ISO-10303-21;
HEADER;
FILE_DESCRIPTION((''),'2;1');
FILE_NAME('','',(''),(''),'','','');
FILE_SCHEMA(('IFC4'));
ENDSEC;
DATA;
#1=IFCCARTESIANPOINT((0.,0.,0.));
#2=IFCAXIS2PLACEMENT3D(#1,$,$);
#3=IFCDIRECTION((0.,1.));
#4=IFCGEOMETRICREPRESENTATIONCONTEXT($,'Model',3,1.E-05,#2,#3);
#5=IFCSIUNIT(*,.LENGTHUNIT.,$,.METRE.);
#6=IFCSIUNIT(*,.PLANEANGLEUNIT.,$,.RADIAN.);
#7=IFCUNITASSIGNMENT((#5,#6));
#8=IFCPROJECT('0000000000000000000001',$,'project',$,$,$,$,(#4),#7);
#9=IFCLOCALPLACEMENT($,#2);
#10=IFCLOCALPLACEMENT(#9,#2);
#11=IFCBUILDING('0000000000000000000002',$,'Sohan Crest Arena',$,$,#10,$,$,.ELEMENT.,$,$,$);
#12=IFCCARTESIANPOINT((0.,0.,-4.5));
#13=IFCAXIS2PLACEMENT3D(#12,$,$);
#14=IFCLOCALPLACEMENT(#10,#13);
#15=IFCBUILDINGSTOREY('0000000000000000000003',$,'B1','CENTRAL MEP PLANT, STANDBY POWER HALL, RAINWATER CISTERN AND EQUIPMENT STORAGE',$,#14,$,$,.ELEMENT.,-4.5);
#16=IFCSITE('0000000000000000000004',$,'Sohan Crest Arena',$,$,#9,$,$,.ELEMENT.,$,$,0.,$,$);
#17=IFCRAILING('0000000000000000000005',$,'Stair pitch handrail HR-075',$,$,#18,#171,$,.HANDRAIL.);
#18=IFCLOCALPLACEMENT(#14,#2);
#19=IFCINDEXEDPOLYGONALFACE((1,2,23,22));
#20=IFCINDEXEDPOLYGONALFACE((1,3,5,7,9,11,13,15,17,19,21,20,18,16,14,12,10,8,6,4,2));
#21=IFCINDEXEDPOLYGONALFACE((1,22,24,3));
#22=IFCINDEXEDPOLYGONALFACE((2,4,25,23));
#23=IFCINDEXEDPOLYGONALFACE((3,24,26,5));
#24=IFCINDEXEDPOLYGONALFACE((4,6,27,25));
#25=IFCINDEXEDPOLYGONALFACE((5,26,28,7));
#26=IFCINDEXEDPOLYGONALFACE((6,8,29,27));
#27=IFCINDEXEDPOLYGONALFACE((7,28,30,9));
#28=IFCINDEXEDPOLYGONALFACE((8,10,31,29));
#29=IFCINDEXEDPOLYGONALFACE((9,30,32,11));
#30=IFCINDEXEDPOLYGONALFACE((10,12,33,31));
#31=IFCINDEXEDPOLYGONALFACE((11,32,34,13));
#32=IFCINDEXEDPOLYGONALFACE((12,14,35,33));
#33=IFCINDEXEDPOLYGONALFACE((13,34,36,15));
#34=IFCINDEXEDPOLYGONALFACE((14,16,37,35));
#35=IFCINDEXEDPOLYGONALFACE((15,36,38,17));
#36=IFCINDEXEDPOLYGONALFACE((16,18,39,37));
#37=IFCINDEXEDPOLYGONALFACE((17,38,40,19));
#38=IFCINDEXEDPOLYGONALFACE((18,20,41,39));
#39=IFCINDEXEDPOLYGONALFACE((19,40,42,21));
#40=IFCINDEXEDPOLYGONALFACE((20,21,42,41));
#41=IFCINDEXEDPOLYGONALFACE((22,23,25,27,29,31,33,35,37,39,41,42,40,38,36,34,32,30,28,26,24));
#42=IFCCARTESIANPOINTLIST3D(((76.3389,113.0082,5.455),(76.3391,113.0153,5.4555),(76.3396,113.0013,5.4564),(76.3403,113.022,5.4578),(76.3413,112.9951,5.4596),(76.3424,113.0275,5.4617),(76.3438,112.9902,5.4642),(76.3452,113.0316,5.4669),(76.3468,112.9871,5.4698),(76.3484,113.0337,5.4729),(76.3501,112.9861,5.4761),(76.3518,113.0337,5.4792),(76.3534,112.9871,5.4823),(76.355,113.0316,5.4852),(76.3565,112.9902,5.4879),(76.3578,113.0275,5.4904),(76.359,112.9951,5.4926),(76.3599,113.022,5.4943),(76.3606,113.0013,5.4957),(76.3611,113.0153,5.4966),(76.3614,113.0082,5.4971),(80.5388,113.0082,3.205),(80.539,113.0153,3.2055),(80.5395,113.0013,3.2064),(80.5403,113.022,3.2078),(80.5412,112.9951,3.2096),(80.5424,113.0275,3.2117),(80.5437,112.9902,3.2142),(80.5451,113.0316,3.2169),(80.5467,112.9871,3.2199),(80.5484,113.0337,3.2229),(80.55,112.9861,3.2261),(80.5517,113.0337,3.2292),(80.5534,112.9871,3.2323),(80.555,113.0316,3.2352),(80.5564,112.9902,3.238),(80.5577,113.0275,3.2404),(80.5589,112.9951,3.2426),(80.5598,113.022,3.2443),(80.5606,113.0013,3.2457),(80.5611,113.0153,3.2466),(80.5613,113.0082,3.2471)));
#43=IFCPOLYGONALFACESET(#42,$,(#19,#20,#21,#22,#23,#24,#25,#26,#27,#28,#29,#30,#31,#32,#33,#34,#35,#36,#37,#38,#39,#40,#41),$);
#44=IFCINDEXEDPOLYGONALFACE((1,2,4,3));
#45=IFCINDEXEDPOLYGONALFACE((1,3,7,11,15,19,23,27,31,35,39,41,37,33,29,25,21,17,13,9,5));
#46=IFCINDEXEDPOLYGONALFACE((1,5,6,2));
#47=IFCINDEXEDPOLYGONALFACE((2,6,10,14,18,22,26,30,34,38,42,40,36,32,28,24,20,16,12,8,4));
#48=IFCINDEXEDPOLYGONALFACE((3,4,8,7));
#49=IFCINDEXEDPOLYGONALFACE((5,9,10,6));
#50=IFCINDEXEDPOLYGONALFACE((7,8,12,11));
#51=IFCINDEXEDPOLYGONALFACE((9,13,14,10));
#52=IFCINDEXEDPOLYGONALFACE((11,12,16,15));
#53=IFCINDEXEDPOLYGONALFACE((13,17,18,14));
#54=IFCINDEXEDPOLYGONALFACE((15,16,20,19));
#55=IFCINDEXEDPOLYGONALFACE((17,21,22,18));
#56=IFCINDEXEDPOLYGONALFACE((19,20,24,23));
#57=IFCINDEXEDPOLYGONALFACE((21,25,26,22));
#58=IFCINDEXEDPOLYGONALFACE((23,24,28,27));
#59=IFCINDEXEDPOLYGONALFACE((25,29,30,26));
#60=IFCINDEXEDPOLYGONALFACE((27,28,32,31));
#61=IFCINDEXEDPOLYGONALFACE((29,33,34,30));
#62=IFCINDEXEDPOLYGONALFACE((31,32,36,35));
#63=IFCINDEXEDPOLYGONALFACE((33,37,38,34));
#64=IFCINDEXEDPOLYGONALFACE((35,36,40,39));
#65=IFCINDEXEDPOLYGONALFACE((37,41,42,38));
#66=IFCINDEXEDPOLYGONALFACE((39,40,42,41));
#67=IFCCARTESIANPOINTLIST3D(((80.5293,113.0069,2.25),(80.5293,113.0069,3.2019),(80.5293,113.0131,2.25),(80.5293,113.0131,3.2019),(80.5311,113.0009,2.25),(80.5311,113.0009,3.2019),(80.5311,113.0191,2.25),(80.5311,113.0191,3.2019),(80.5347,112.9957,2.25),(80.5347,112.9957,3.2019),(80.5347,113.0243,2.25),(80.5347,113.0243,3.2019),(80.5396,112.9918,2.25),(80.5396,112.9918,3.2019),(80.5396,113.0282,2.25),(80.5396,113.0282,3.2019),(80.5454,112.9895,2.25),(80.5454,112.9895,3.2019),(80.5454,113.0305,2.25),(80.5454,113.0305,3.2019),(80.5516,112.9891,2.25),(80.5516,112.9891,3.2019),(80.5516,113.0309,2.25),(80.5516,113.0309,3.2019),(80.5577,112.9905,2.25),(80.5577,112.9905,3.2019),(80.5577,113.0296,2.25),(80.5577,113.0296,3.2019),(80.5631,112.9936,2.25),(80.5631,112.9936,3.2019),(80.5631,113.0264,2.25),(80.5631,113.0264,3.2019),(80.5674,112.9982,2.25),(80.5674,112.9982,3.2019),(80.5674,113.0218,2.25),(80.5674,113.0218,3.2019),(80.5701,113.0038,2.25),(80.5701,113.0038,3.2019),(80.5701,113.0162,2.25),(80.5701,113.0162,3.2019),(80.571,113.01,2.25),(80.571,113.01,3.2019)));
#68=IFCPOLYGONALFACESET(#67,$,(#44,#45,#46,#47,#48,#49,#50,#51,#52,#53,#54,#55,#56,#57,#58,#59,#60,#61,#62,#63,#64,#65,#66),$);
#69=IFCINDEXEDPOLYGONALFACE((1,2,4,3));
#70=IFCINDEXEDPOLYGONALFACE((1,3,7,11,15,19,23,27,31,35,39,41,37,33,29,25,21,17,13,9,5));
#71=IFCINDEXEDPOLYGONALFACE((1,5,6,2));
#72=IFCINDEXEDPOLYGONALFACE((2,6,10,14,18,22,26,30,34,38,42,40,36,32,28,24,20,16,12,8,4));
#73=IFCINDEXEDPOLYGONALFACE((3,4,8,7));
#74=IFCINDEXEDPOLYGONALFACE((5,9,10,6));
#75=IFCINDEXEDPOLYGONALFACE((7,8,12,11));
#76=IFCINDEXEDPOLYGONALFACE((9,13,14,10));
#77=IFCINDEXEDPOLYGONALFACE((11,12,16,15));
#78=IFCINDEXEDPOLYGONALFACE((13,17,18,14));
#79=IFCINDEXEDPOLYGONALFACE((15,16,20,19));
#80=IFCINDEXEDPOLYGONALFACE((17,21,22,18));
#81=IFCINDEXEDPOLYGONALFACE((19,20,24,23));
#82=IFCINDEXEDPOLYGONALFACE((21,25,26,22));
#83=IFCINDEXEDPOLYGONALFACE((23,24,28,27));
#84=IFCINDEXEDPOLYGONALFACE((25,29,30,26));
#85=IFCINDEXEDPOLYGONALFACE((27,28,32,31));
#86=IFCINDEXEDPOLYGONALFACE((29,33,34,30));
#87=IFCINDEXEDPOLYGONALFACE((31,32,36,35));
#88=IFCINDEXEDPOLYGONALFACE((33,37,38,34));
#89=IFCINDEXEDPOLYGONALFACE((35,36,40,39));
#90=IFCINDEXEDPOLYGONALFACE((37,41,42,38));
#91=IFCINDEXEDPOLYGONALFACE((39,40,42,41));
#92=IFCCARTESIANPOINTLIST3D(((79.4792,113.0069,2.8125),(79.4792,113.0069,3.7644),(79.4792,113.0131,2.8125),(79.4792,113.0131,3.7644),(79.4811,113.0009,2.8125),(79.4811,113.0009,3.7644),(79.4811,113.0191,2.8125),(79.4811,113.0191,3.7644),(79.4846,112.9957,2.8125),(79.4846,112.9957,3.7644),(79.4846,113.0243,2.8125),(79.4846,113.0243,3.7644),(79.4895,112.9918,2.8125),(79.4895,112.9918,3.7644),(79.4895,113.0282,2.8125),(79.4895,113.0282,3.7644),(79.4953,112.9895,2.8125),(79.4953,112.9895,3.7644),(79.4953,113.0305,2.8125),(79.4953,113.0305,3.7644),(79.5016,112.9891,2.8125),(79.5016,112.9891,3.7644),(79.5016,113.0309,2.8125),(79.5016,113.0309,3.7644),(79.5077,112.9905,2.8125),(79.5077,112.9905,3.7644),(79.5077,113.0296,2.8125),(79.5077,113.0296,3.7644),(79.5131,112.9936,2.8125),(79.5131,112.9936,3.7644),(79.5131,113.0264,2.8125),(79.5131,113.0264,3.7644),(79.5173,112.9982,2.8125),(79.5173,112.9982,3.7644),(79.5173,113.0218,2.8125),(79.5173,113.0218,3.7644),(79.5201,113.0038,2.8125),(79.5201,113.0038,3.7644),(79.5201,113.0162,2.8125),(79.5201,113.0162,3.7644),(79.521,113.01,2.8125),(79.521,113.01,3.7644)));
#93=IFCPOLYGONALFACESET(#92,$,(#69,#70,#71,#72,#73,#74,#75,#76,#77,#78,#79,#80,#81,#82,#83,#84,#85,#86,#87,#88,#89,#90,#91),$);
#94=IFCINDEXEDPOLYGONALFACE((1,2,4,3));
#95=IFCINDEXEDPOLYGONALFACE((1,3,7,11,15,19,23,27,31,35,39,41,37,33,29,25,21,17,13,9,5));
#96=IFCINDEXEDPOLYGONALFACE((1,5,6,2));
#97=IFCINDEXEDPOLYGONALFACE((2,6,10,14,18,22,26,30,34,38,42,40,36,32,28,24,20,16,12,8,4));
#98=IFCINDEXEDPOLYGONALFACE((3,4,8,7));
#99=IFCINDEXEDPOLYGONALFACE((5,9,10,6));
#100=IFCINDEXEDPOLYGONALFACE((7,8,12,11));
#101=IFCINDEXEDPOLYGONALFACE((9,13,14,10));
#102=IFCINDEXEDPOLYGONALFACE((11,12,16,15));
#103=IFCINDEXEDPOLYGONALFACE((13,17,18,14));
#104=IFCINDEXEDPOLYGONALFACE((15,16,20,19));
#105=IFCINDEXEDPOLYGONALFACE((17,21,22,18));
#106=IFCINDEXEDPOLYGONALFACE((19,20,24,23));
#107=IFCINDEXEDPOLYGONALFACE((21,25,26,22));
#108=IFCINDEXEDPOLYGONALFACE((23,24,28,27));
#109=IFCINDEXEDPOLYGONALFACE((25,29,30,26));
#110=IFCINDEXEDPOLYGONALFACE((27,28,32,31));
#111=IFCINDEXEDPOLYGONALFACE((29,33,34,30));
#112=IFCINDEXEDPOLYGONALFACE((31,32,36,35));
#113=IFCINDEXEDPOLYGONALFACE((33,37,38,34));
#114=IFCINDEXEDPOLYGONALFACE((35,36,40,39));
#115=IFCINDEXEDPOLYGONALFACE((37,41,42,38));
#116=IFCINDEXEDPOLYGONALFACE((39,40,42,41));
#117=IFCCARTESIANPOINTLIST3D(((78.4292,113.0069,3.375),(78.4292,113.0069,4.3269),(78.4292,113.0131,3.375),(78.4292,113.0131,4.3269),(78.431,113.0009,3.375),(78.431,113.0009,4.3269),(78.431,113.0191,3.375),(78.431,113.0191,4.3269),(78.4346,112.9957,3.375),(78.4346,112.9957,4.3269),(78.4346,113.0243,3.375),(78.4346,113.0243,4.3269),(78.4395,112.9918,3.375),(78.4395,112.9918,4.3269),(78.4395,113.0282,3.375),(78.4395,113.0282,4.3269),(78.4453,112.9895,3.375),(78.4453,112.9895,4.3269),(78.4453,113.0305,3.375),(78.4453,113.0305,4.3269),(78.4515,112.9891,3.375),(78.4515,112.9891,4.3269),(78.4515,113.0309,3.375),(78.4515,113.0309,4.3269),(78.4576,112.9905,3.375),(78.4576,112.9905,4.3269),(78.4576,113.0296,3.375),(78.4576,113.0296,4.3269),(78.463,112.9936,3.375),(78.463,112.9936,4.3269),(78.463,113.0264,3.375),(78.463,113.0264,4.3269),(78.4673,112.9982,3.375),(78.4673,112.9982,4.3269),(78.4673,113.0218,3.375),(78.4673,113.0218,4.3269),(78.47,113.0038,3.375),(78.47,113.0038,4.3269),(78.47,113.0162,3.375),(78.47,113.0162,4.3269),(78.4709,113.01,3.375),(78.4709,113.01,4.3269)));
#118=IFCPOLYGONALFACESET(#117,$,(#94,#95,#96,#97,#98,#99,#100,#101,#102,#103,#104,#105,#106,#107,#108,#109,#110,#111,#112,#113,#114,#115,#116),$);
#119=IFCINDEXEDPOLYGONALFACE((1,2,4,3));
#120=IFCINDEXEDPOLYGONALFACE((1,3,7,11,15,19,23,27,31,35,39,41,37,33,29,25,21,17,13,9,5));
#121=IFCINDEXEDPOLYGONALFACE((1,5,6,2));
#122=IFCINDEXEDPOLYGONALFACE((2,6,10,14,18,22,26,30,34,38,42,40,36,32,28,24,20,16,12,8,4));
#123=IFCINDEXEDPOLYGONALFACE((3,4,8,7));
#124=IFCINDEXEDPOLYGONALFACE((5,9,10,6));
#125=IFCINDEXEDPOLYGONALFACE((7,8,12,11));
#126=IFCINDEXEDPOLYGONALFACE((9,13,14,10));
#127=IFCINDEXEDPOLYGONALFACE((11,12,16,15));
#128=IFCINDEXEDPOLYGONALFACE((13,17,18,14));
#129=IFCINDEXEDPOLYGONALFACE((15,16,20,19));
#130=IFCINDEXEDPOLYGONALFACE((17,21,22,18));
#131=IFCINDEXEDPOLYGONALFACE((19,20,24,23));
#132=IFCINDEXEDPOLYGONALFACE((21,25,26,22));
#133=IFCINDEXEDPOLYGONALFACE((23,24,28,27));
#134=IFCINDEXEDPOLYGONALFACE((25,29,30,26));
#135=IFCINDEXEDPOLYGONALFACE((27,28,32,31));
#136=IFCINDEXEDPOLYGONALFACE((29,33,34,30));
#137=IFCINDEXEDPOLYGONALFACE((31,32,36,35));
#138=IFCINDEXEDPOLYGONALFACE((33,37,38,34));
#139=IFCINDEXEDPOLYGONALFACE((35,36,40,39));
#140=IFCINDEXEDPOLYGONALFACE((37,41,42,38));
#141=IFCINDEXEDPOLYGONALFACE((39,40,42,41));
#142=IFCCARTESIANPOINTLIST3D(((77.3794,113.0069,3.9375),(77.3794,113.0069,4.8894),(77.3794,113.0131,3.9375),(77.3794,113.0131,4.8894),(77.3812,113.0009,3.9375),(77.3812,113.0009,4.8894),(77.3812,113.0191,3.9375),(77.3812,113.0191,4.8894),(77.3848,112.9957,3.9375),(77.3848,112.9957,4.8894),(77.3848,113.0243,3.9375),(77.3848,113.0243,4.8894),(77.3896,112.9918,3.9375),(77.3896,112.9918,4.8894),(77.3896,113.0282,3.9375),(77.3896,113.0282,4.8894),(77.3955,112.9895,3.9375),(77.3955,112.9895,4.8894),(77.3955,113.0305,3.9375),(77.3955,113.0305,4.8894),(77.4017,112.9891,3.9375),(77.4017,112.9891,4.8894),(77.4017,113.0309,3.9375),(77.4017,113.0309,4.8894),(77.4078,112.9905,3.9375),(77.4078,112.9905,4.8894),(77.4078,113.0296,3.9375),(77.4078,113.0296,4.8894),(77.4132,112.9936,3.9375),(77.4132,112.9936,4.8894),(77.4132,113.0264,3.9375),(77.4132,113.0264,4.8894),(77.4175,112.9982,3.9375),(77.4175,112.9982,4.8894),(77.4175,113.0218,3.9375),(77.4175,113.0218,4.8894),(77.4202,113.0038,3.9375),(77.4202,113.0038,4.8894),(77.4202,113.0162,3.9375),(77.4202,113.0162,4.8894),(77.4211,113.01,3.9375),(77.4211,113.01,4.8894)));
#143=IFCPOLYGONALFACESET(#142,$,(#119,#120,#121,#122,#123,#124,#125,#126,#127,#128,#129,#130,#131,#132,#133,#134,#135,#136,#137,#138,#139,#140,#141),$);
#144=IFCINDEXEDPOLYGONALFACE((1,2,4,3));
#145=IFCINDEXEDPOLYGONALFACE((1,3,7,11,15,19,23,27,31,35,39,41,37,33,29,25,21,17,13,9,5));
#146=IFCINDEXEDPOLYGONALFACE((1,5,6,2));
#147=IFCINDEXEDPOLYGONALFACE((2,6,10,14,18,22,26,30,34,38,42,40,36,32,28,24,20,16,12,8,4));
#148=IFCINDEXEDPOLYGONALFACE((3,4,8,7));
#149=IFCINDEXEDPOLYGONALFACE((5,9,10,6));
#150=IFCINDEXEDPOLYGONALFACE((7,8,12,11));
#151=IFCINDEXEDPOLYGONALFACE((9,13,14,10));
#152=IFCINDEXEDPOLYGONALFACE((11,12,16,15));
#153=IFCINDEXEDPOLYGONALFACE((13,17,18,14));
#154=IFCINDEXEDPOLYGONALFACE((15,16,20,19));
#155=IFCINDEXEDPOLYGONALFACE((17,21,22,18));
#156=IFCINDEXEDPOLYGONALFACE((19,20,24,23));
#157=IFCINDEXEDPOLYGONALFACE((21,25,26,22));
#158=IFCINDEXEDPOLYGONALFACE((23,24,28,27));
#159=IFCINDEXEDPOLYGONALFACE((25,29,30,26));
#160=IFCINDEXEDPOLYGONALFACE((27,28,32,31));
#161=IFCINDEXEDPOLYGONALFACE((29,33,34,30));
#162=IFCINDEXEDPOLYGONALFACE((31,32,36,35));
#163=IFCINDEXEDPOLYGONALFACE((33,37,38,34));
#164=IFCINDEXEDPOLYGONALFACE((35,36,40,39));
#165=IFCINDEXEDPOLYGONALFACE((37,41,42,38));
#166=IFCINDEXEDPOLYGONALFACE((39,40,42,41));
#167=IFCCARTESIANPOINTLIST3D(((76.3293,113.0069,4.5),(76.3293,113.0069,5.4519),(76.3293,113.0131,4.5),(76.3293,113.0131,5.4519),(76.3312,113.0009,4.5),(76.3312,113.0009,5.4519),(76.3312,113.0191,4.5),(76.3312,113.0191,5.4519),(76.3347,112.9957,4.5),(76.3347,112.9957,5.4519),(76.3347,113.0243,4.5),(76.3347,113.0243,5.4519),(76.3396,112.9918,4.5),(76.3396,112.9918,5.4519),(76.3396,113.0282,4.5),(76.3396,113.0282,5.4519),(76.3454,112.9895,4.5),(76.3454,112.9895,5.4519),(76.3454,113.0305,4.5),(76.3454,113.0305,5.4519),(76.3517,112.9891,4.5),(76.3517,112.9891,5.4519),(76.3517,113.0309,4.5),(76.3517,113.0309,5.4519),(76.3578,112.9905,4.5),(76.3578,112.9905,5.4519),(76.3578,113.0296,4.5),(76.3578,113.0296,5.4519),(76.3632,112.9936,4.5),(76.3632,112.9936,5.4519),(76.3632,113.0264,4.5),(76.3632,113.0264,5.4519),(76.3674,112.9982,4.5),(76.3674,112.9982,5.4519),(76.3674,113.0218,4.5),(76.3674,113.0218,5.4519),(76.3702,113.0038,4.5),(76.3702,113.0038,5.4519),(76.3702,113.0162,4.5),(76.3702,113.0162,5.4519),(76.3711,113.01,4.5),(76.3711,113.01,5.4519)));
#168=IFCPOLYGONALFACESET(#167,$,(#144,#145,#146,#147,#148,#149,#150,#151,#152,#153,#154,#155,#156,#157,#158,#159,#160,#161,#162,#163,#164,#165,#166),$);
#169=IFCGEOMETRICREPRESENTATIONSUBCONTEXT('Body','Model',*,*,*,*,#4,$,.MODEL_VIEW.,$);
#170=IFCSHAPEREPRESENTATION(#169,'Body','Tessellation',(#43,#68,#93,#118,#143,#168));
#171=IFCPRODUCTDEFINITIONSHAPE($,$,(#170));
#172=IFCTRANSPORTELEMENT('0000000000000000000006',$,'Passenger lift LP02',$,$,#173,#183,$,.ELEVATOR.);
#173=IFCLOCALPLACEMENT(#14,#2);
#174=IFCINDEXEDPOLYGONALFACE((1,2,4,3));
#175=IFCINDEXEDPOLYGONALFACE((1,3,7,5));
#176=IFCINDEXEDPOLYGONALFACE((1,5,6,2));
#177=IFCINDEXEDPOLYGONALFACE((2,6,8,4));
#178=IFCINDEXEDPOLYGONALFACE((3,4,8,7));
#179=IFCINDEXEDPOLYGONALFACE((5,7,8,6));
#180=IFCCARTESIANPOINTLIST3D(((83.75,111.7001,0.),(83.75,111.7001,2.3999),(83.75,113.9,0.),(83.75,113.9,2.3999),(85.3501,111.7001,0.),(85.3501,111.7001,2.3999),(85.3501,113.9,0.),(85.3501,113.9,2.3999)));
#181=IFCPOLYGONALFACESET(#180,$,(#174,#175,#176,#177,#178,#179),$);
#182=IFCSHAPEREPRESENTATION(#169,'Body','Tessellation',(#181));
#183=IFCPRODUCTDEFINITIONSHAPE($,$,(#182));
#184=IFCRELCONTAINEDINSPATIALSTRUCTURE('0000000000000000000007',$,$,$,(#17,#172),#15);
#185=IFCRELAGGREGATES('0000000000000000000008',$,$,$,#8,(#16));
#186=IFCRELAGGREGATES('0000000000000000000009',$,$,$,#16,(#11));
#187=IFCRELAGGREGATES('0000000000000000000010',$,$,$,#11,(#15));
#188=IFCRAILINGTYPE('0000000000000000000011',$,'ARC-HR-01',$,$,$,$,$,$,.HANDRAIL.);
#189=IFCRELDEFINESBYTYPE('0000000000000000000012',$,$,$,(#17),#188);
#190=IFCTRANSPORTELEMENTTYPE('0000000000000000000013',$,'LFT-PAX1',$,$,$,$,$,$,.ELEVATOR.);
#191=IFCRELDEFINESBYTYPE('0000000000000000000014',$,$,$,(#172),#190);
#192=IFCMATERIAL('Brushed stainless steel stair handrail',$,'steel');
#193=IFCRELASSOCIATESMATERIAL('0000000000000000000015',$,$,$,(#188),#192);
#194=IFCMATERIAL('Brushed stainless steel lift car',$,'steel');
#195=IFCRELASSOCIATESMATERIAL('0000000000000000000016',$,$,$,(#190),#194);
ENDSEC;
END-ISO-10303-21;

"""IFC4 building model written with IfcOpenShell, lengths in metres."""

from ifc_helpers import new_model, si_unit, direction, frame, origin, origin_2d, place, context, subcontext, project, spatial, rectangle, circle, extrude, material, type_object, element, save


model = new_model("IFC4")

# Units and contexts
model_context = context("Model", 3, precision=1e-05, world=origin(), true_north=direction((0.0, 1.0)))
body_context = subcontext(model_context, "Body", "Model", "MODEL_VIEW")
ifc_project = project(units=[si_unit("LENGTHUNIT", "METRE"), si_unit("PLANEANGLEUNIT", "RADIAN")], contexts=[model_context])

# Site, building, storey
site_placement = place(None, origin())
site = spatial("IfcSite", under=ifc_project, at=site_placement, Name="Sohan Crest Arena", CompositionType="ELEMENT", RefElevation=0.0)
building_placement = place(site_placement, origin())
building = spatial("IfcBuilding", under=site, at=building_placement, Name="Sohan Crest Arena", CompositionType="ELEMENT")
storey_placement = place(building_placement, frame((0.0, 0.0, -4.5)))
storey = spatial("IfcBuildingStorey", under=building, at=storey_placement, Name="B1", Description="CENTRAL MEP PLANT, STANDBY POWER HALL, RAINWATER CISTERN AND EQUIPMENT STORAGE", CompositionType="ELEMENT", Elevation=-4.5)

# Railing
ifc_material_1 = material(Name="Brushed stainless steel stair handrail", Category="steel")
railing_type_1 = type_object("IfcRailingType", Name="ARC-HR-01", PredefinedType="HANDRAIL", material=ifc_material_1)
railing_1_placement = place(storey_placement, frame((80.55, 113.01, 2.25)))
element("IfcRailing", 1, at=railing_1_placement, inside=storey, type_object=railing_type_1, Name="Stair pitch handrail HR-075", PredefinedType="HANDRAIL", context=body_context, shape_type="SweptSolid", body=[
    extrude(circle(Radius=0.0239, at=origin_2d()), frame((0.0, 0.0, 0.9761), z_axis=(-0.881478, 0.0, 0.472226), x_axis=(0.0, -1.0, 0.0)), (0.0, 0.0, 1.0), 4.7646),
    extrude(circle(Radius=0.021, at=origin_2d()), origin(), (0.0, 0.0, 1.0), 0.9519),
    extrude(circle(Radius=0.021, at=origin_2d()), frame((-1.05, 0.0, 0.5625)), (0.0, 0.0, 1.0), 0.9519),
    extrude(circle(Radius=0.021, at=origin_2d()), frame((-2.1001, 0.0, 1.125)), (0.0, 0.0, 1.0), 0.9519),
    extrude(circle(Radius=0.021, at=origin_2d()), frame((-3.1499, 0.0, 1.6875)), (0.0, 0.0, 1.0), 0.9519),
    extrude(circle(Radius=0.021, at=origin_2d()), frame((-4.2, 0.0, 2.25)), (0.0, 0.0, 1.0), 0.9519),
])

# Transport element
ifc_material_2 = material(Name="Brushed stainless steel lift car", Category="steel")
transport_element_type = type_object("IfcTransportElementType", Name="LFT-PAX1", PredefinedType="ELEVATOR", material=ifc_material_2)
transport_element_placement = place(storey_placement, frame((84.55, 112.8, 0.0), z_axis=(0.0, 0.0, 1.0), x_axis=(1.0, 0.0, 0.0)))
element("IfcTransportElement", 2, at=transport_element_placement, inside=storey, type_object=transport_element_type, Name="Passenger lift LP02", PredefinedType="ELEVATOR", context=body_context, shape_type="SweptSolid", body=[
    extrude(rectangle(XDim=1.6001, YDim=2.2, at=origin_2d()), origin(), (0.0, 0.0, 1.0), 2.3999),
])

save(model, "model.ifc")
